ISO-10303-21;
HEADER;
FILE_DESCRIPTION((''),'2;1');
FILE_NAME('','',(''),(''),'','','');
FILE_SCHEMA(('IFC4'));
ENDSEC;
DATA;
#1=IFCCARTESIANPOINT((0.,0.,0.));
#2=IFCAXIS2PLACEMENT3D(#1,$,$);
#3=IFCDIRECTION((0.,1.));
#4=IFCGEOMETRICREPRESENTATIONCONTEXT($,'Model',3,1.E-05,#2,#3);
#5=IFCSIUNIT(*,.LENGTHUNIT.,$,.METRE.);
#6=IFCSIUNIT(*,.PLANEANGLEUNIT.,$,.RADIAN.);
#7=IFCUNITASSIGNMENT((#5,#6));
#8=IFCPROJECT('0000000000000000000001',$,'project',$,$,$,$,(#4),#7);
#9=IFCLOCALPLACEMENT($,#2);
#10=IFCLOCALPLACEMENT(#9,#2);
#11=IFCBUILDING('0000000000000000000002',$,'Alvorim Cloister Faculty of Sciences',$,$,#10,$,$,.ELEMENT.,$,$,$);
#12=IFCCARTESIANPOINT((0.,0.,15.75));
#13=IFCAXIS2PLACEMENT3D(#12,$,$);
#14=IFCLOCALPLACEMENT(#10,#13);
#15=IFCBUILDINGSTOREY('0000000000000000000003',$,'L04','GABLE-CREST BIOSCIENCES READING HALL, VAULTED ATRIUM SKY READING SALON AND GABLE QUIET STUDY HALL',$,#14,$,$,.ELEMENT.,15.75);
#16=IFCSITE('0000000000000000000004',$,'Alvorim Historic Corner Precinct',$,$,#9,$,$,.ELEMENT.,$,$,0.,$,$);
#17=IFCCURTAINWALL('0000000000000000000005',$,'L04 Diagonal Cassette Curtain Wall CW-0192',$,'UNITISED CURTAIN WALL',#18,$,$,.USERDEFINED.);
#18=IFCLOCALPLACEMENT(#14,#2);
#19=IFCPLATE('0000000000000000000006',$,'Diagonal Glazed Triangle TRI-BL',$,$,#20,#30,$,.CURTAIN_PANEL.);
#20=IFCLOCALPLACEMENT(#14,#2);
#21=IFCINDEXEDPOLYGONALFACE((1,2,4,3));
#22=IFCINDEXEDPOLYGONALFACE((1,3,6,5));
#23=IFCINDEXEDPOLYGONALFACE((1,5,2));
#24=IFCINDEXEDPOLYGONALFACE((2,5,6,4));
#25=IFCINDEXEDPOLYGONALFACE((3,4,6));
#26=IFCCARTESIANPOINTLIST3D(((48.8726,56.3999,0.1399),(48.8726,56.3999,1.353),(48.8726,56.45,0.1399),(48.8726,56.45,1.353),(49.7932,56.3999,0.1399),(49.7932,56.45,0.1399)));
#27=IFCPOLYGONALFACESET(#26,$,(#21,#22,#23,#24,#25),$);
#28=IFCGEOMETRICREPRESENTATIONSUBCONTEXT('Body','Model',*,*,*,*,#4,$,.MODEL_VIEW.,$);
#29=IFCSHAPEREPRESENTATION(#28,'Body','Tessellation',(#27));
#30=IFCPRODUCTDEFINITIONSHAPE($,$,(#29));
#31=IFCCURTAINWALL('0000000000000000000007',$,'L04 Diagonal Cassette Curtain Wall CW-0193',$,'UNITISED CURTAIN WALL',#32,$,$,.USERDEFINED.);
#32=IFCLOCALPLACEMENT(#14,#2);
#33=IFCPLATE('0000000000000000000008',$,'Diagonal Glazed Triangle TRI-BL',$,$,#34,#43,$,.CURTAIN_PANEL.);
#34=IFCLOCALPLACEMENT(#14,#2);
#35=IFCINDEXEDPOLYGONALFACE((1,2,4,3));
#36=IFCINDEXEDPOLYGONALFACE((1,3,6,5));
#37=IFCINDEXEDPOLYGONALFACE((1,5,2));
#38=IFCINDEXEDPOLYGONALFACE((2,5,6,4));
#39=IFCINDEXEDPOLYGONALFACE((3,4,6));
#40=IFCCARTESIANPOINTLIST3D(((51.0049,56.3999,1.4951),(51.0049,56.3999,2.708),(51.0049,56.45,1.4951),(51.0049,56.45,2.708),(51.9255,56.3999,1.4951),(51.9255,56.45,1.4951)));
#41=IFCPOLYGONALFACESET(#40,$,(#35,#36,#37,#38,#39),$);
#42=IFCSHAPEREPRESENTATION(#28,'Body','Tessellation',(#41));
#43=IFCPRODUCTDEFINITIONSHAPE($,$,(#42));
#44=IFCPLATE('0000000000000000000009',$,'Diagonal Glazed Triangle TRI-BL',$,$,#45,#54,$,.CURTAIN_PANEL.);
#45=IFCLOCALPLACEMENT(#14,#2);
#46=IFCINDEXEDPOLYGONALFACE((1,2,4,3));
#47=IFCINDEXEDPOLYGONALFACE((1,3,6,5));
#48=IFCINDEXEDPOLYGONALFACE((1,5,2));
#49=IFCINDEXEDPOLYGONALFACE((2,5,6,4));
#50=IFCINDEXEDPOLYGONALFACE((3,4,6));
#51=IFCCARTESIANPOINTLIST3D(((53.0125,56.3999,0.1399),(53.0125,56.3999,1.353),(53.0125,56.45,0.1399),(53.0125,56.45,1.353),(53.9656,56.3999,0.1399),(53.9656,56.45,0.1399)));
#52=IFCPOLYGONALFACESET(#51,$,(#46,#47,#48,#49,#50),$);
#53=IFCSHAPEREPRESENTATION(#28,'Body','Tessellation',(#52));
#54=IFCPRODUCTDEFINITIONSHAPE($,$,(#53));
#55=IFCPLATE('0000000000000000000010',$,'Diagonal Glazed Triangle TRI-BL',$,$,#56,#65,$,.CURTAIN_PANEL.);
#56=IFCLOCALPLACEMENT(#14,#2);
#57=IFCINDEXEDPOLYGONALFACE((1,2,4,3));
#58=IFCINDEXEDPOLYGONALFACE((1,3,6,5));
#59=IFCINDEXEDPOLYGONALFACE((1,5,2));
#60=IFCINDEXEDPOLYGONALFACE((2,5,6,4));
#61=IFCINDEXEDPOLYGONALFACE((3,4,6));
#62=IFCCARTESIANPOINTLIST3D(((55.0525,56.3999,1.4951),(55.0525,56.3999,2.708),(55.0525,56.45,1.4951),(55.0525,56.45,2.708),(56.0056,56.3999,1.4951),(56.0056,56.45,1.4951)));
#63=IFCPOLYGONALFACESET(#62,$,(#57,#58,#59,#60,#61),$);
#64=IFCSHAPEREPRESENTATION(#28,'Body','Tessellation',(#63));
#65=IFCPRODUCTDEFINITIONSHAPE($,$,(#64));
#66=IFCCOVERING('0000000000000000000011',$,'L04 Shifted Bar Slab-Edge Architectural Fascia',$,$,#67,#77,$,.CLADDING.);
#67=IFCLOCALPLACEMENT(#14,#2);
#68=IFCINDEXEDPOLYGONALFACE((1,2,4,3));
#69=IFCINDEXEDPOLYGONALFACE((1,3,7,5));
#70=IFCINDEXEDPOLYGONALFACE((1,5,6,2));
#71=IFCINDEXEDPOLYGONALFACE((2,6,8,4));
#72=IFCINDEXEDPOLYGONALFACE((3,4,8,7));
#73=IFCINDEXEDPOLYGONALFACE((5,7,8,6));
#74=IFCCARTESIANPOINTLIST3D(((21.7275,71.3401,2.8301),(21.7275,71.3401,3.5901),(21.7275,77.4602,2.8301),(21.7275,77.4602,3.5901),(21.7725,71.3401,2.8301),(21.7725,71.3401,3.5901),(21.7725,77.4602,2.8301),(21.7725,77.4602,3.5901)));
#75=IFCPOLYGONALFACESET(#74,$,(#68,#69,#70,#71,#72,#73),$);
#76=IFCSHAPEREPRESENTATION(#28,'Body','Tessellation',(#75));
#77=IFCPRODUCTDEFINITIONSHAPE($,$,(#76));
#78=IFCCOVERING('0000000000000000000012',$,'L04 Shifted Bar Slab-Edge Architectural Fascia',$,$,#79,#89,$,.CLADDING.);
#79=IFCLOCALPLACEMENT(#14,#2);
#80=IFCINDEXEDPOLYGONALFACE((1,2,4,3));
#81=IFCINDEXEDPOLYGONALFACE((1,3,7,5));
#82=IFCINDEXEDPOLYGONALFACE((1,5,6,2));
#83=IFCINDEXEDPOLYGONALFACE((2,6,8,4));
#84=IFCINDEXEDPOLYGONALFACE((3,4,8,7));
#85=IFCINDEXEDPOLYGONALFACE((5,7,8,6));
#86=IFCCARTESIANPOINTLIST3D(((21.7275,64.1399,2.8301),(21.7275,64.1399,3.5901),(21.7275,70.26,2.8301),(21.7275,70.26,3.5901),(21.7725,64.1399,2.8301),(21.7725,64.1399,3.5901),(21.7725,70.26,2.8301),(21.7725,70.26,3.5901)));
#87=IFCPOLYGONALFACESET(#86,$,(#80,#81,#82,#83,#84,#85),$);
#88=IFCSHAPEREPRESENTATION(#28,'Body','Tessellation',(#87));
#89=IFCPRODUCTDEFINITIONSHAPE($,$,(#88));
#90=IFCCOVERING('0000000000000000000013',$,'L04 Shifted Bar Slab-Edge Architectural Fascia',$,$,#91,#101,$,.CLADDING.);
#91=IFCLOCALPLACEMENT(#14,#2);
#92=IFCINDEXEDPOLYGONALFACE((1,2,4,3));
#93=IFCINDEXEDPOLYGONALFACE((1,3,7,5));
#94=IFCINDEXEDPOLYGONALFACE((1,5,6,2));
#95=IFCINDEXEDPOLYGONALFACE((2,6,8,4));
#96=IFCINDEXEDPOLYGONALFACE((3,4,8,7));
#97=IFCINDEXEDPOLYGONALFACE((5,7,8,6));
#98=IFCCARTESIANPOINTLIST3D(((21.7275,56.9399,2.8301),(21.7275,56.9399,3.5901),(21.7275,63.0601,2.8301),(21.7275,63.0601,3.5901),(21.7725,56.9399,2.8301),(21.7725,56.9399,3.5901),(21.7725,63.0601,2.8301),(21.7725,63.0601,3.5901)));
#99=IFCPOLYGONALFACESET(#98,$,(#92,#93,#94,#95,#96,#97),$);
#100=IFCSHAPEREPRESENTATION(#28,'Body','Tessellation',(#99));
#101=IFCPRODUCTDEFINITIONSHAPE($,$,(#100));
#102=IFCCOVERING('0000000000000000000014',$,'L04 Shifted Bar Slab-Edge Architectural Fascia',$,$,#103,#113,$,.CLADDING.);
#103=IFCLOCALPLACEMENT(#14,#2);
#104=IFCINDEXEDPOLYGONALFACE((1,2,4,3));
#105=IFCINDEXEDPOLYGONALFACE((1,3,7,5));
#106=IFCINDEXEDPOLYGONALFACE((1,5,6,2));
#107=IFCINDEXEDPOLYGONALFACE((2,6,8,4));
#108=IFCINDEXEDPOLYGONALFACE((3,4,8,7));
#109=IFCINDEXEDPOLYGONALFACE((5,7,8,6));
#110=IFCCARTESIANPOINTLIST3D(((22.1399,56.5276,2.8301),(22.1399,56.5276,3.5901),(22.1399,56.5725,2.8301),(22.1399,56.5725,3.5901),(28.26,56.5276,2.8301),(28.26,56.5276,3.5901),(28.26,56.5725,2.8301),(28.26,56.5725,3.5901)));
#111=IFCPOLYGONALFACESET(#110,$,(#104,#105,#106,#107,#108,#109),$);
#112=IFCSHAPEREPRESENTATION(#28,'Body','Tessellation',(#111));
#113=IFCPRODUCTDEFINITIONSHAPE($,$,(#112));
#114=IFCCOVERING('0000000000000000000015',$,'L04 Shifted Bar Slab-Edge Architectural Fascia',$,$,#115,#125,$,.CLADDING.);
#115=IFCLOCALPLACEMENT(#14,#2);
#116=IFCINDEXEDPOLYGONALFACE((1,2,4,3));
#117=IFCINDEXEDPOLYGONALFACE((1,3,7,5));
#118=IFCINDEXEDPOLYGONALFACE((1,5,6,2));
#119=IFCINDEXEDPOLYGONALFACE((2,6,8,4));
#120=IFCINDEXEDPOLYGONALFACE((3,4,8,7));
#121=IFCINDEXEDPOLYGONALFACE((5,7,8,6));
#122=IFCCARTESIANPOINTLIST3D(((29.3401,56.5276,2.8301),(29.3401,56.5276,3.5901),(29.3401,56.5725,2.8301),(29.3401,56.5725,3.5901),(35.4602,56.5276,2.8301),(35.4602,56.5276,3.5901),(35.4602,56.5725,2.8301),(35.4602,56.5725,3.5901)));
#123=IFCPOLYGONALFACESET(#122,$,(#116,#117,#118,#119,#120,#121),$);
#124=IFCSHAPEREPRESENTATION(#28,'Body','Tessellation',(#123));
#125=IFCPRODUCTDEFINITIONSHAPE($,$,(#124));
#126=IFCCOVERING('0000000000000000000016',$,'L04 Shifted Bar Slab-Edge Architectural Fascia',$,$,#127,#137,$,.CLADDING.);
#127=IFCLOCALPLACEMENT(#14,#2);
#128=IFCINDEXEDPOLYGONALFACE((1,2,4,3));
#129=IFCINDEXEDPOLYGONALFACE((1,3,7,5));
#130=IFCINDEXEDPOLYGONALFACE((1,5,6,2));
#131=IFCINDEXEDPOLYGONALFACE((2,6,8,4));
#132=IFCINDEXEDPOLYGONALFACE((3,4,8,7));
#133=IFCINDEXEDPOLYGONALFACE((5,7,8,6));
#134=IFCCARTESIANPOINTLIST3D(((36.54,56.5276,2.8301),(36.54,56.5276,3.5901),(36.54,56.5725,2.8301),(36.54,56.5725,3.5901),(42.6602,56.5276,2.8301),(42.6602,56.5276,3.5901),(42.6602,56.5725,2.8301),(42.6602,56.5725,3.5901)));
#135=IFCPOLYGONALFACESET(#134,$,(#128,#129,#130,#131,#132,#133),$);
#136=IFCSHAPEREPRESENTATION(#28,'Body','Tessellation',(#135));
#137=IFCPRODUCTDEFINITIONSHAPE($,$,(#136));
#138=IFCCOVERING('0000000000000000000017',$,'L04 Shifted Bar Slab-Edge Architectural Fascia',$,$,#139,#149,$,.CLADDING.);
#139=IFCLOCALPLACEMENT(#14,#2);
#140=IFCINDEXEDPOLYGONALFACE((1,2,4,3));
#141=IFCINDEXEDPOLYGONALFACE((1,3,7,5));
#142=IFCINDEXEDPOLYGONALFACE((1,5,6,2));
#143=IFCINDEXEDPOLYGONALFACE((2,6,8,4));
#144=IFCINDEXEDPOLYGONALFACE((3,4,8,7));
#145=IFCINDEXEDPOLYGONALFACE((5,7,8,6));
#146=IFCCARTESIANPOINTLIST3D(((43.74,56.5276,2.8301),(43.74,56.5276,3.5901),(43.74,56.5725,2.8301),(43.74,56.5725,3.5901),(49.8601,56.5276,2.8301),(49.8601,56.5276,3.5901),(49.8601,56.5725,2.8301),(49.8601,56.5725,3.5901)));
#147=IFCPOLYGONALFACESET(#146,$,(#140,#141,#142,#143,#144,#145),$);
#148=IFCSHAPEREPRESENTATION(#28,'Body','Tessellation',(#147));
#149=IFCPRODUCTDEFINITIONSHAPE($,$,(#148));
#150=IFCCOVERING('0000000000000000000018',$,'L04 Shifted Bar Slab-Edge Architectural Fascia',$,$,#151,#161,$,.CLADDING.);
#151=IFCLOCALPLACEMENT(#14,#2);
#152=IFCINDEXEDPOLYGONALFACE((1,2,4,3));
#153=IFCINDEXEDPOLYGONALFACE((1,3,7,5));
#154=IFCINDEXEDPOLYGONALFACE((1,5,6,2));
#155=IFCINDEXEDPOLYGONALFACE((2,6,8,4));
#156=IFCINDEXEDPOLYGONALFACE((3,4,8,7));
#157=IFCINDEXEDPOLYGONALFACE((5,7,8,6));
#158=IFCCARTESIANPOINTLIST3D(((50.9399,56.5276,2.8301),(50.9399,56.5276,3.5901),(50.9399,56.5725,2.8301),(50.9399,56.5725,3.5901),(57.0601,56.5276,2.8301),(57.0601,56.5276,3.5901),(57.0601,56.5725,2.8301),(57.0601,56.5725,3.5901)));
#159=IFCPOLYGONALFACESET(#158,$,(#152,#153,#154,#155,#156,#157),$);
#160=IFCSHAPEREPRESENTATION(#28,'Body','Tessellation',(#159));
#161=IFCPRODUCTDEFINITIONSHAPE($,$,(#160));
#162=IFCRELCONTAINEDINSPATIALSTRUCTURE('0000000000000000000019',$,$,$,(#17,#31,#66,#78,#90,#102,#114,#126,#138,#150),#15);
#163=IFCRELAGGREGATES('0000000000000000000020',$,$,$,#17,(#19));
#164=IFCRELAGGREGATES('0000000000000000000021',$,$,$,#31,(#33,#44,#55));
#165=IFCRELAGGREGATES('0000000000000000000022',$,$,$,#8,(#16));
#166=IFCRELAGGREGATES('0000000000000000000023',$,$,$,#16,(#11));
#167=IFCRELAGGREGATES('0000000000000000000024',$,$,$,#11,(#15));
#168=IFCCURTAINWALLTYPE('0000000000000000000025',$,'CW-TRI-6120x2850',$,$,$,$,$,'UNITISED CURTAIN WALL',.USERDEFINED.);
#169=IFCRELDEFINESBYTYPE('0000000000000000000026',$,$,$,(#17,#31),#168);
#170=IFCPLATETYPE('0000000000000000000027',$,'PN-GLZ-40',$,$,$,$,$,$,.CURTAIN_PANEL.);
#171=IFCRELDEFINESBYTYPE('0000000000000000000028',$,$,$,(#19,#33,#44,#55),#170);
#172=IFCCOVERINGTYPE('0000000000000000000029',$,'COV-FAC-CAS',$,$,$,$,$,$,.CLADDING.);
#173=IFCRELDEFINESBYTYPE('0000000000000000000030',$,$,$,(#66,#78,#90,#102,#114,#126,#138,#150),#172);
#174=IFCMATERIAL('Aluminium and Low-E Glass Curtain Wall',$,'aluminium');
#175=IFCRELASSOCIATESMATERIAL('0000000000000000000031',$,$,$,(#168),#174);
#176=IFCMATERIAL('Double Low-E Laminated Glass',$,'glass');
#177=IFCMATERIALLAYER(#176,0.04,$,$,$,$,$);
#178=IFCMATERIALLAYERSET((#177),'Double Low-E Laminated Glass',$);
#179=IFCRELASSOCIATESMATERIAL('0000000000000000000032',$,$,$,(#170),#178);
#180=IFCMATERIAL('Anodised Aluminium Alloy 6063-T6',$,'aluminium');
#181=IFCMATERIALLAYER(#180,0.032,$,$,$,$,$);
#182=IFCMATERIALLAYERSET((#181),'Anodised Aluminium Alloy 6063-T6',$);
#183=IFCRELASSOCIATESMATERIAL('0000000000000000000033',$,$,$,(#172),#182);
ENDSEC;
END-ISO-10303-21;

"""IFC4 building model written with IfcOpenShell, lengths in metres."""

from ifc_helpers import new_model, si_unit, direction, frame, origin, place, context, subcontext, project, spatial, polyline, outline, extrude, material, layer, layer_set, type_object, element, aggregate, save


model = new_model("IFC4")

# Units and contexts
model_context = context("Model", 3, precision=1e-05, world=origin(), true_north=direction((0.0, 1.0)))
body_context = subcontext(model_context, "Body", "Model", "MODEL_VIEW")
ifc_project = project(units=[si_unit("LENGTHUNIT", "METRE"), si_unit("PLANEANGLEUNIT", "RADIAN")], contexts=[model_context])

# Site, building, storey
site_placement = place(None, origin())
site = spatial("IfcSite", under=ifc_project, at=site_placement, Name="Alvorim Historic Corner Precinct", CompositionType="ELEMENT", RefElevation=0.0)
building_placement = place(site_placement, origin())
building = spatial("IfcBuilding", under=site, at=building_placement, Name="Alvorim Cloister Faculty of Sciences", CompositionType="ELEMENT")
storey_placement = place(building_placement, frame((0.0, 0.0, 15.75)))
storey = spatial("IfcBuildingStorey", under=building, at=storey_placement, Name="L04", Description="GABLE-CREST BIOSCIENCES READING HALL, VAULTED ATRIUM SKY READING SALON AND GABLE QUIET STUDY HALL", CompositionType="ELEMENT", Elevation=15.75)

# Curtain walls, plates
ifc_material_1 = material(Name="Aluminium and Low-E Glass Curtain Wall", Category="aluminium")
curtain_wall_type = type_object("IfcCurtainWallType", Name="CW-TRI-6120x2850", ElementType="UNITISED CURTAIN WALL", PredefinedType="USERDEFINED", material=ifc_material_1)
curtain_wall_1_placement = place(storey_placement, origin())
curtain_wall_1 = element("IfcCurtainWall", 1, at=curtain_wall_1_placement, inside=storey, type_object=curtain_wall_type, Name="L04 Diagonal Cassette Curtain Wall CW-0192", ObjectType="UNITISED CURTAIN WALL", PredefinedType="USERDEFINED")
ifc_material_2 = material(Name="Double Low-E Laminated Glass", Category="glass")
ifc_layer_1 = layer(ifc_material_2, 0.04)
ifc_layer_set_1 = layer_set([ifc_layer_1], Name="Double Low-E Laminated Glass")
plate_type = type_object("IfcPlateType", Name="PN-GLZ-40", PredefinedType="CURTAIN_PANEL", material=ifc_layer_set_1)
plate_1_placement = place(storey_placement, frame((48.8726, 56.425, 0.1399), z_axis=(0.0, 0.0, 1.0), x_axis=(1.0, 0.0, 0.0)))
plate_1 = element("IfcPlate", 2, at=plate_1_placement, type_object=plate_type, Name="Diagonal Glazed Triangle TRI-BL", PredefinedType="CURTAIN_PANEL", context=body_context, shape_type="SweptSolid", body=[
    extrude(outline(polyline([(0.0, 0.0), (0.9207, 0.0), (0.0, 1.2131), (0.0, 0.0)])), frame((0.0, 0.0249, 0.0), z_axis=(0.0, -1.0, 0.0), x_axis=(1.0, 0.0, 0.0)), (0.0, 0.0, 1.0), 0.05),
])
aggregate(curtain_wall_1, [plate_1])
curtain_wall_2_placement = place(storey_placement, origin())
curtain_wall_2 = element("IfcCurtainWall", 3, at=curtain_wall_2_placement, inside=storey, type_object=curtain_wall_type, Name="L04 Diagonal Cassette Curtain Wall CW-0193", ObjectType="UNITISED CURTAIN WALL", PredefinedType="USERDEFINED")
plate_2_placement = place(storey_placement, frame((51.0049, 56.425, 1.4951), z_axis=(0.0, 0.0, 1.0), x_axis=(1.0, 0.0, 0.0)))
plate_2 = element("IfcPlate", 4, at=plate_2_placement, type_object=plate_type, Name="Diagonal Glazed Triangle TRI-BL", PredefinedType="CURTAIN_PANEL", context=body_context, shape_type="SweptSolid", body=[
    extrude(outline(polyline([(0.0, 0.0), (0.9207, 0.0), (0.0, 1.2129), (0.0, 0.0)])), frame((0.0, 0.0249, 0.0), z_axis=(0.0, -1.0, 0.0), x_axis=(1.0, 0.0, 0.0)), (0.0, 0.0, 1.0), 0.05),
])
plate_3_placement = place(storey_placement, frame((53.0125, 56.425, 0.1399), z_axis=(0.0, 0.0, 1.0), x_axis=(1.0, 0.0, 0.0)))
plate_3 = element("IfcPlate", 5, at=plate_3_placement, type_object=plate_type, Name="Diagonal Glazed Triangle TRI-BL", PredefinedType="CURTAIN_PANEL", context=body_context, shape_type="SweptSolid", body=[
    extrude(outline(polyline([(0.0, 0.0), (0.9531, 0.0), (0.0, 1.2131), (0.0, 0.0)])), frame((0.0, 0.0249, 0.0), z_axis=(0.0, -1.0, 0.0), x_axis=(1.0, 0.0, 0.0)), (0.0, 0.0, 1.0), 0.05),
])
plate_4_placement = place(storey_placement, frame((55.0525, 56.425, 1.4951), z_axis=(0.0, 0.0, 1.0), x_axis=(1.0, 0.0, 0.0)))
plate_4 = element("IfcPlate", 6, at=plate_4_placement, type_object=plate_type, Name="Diagonal Glazed Triangle TRI-BL", PredefinedType="CURTAIN_PANEL", context=body_context, shape_type="SweptSolid", body=[
    extrude(outline(polyline([(0.0, 0.0), (0.9531, 0.0), (0.0, 1.2129), (0.0, 0.0)])), frame((0.0, 0.0249, 0.0), z_axis=(0.0, -1.0, 0.0), x_axis=(1.0, 0.0, 0.0)), (0.0, 0.0, 1.0), 0.05),
])
aggregate(curtain_wall_2, [plate_2, plate_3, plate_4])

# Coverings
ifc_material_3 = material(Name="Anodised Aluminium Alloy 6063-T6", Category="aluminium")
ifc_layer_2 = layer(ifc_material_3, 0.032)
ifc_layer_set_2 = layer_set([ifc_layer_2], Name="Anodised Aluminium Alloy 6063-T6")
covering_type = type_object("IfcCoveringType", Name="COV-FAC-CAS", PredefinedType="CLADDING", material=ifc_layer_set_2)
for number, where, z_axis, x_axis, name in (
    (7, (21.75, 71.3401, 2.8301), (0.0, 0.0, 1.0), (0.0, 1.0, 0.0), "L04 Shifted Bar Slab-Edge Architectural Fascia"),
    (8, (21.75, 64.1399, 2.8301), (0.0, 0.0, 1.0), (0.0, 1.0, 0.0), "L04 Shifted Bar Slab-Edge Architectural Fascia"),
    (9, (21.75, 56.9399, 2.8301), (0.0, 0.0, 1.0), (0.0, 1.0, 0.0), "L04 Shifted Bar Slab-Edge Architectural Fascia"),
    (10, (22.1399, 56.55, 2.8301), (0.0, 0.0, 1.0), (1.0, 0.0, 0.0), "L04 Shifted Bar Slab-Edge Architectural Fascia"),
    (11, (29.3401, 56.55, 2.8301), (0.0, 0.0, 1.0), (1.0, 0.0, 0.0), "L04 Shifted Bar Slab-Edge Architectural Fascia"),
    (12, (36.54, 56.55, 2.8301), (0.0, 0.0, 1.0), (1.0, 0.0, 0.0), "L04 Shifted Bar Slab-Edge Architectural Fascia"),
    (13, (43.74, 56.55, 2.8301), (0.0, 0.0, 1.0), (1.0, 0.0, 0.0), "L04 Shifted Bar Slab-Edge Architectural Fascia"),
    (14, (50.9399, 56.55, 2.8301), (0.0, 0.0, 1.0), (1.0, 0.0, 0.0), "L04 Shifted Bar Slab-Edge Architectural Fascia"),
):
    element("IfcCovering", number, at=place(storey_placement, frame(where, z_axis=z_axis, x_axis=x_axis)), inside=storey, type_object=covering_type, Name=name, PredefinedType="CLADDING", context=body_context, shape_type="SweptSolid", body=[
        extrude(outline(polyline([(0.0, 0.0), (6.1201, 0.0), (6.1201, 0.76), (0.0, 0.76), (0.0, 0.0)])), frame((0.0, 0.0225, 0.0), z_axis=(0.0, -1.0, 0.0), x_axis=(1.0, 0.0, 0.0)), (0.0, 0.0, 1.0), 0.0449),
    ])

save(model, "model.ifc")
